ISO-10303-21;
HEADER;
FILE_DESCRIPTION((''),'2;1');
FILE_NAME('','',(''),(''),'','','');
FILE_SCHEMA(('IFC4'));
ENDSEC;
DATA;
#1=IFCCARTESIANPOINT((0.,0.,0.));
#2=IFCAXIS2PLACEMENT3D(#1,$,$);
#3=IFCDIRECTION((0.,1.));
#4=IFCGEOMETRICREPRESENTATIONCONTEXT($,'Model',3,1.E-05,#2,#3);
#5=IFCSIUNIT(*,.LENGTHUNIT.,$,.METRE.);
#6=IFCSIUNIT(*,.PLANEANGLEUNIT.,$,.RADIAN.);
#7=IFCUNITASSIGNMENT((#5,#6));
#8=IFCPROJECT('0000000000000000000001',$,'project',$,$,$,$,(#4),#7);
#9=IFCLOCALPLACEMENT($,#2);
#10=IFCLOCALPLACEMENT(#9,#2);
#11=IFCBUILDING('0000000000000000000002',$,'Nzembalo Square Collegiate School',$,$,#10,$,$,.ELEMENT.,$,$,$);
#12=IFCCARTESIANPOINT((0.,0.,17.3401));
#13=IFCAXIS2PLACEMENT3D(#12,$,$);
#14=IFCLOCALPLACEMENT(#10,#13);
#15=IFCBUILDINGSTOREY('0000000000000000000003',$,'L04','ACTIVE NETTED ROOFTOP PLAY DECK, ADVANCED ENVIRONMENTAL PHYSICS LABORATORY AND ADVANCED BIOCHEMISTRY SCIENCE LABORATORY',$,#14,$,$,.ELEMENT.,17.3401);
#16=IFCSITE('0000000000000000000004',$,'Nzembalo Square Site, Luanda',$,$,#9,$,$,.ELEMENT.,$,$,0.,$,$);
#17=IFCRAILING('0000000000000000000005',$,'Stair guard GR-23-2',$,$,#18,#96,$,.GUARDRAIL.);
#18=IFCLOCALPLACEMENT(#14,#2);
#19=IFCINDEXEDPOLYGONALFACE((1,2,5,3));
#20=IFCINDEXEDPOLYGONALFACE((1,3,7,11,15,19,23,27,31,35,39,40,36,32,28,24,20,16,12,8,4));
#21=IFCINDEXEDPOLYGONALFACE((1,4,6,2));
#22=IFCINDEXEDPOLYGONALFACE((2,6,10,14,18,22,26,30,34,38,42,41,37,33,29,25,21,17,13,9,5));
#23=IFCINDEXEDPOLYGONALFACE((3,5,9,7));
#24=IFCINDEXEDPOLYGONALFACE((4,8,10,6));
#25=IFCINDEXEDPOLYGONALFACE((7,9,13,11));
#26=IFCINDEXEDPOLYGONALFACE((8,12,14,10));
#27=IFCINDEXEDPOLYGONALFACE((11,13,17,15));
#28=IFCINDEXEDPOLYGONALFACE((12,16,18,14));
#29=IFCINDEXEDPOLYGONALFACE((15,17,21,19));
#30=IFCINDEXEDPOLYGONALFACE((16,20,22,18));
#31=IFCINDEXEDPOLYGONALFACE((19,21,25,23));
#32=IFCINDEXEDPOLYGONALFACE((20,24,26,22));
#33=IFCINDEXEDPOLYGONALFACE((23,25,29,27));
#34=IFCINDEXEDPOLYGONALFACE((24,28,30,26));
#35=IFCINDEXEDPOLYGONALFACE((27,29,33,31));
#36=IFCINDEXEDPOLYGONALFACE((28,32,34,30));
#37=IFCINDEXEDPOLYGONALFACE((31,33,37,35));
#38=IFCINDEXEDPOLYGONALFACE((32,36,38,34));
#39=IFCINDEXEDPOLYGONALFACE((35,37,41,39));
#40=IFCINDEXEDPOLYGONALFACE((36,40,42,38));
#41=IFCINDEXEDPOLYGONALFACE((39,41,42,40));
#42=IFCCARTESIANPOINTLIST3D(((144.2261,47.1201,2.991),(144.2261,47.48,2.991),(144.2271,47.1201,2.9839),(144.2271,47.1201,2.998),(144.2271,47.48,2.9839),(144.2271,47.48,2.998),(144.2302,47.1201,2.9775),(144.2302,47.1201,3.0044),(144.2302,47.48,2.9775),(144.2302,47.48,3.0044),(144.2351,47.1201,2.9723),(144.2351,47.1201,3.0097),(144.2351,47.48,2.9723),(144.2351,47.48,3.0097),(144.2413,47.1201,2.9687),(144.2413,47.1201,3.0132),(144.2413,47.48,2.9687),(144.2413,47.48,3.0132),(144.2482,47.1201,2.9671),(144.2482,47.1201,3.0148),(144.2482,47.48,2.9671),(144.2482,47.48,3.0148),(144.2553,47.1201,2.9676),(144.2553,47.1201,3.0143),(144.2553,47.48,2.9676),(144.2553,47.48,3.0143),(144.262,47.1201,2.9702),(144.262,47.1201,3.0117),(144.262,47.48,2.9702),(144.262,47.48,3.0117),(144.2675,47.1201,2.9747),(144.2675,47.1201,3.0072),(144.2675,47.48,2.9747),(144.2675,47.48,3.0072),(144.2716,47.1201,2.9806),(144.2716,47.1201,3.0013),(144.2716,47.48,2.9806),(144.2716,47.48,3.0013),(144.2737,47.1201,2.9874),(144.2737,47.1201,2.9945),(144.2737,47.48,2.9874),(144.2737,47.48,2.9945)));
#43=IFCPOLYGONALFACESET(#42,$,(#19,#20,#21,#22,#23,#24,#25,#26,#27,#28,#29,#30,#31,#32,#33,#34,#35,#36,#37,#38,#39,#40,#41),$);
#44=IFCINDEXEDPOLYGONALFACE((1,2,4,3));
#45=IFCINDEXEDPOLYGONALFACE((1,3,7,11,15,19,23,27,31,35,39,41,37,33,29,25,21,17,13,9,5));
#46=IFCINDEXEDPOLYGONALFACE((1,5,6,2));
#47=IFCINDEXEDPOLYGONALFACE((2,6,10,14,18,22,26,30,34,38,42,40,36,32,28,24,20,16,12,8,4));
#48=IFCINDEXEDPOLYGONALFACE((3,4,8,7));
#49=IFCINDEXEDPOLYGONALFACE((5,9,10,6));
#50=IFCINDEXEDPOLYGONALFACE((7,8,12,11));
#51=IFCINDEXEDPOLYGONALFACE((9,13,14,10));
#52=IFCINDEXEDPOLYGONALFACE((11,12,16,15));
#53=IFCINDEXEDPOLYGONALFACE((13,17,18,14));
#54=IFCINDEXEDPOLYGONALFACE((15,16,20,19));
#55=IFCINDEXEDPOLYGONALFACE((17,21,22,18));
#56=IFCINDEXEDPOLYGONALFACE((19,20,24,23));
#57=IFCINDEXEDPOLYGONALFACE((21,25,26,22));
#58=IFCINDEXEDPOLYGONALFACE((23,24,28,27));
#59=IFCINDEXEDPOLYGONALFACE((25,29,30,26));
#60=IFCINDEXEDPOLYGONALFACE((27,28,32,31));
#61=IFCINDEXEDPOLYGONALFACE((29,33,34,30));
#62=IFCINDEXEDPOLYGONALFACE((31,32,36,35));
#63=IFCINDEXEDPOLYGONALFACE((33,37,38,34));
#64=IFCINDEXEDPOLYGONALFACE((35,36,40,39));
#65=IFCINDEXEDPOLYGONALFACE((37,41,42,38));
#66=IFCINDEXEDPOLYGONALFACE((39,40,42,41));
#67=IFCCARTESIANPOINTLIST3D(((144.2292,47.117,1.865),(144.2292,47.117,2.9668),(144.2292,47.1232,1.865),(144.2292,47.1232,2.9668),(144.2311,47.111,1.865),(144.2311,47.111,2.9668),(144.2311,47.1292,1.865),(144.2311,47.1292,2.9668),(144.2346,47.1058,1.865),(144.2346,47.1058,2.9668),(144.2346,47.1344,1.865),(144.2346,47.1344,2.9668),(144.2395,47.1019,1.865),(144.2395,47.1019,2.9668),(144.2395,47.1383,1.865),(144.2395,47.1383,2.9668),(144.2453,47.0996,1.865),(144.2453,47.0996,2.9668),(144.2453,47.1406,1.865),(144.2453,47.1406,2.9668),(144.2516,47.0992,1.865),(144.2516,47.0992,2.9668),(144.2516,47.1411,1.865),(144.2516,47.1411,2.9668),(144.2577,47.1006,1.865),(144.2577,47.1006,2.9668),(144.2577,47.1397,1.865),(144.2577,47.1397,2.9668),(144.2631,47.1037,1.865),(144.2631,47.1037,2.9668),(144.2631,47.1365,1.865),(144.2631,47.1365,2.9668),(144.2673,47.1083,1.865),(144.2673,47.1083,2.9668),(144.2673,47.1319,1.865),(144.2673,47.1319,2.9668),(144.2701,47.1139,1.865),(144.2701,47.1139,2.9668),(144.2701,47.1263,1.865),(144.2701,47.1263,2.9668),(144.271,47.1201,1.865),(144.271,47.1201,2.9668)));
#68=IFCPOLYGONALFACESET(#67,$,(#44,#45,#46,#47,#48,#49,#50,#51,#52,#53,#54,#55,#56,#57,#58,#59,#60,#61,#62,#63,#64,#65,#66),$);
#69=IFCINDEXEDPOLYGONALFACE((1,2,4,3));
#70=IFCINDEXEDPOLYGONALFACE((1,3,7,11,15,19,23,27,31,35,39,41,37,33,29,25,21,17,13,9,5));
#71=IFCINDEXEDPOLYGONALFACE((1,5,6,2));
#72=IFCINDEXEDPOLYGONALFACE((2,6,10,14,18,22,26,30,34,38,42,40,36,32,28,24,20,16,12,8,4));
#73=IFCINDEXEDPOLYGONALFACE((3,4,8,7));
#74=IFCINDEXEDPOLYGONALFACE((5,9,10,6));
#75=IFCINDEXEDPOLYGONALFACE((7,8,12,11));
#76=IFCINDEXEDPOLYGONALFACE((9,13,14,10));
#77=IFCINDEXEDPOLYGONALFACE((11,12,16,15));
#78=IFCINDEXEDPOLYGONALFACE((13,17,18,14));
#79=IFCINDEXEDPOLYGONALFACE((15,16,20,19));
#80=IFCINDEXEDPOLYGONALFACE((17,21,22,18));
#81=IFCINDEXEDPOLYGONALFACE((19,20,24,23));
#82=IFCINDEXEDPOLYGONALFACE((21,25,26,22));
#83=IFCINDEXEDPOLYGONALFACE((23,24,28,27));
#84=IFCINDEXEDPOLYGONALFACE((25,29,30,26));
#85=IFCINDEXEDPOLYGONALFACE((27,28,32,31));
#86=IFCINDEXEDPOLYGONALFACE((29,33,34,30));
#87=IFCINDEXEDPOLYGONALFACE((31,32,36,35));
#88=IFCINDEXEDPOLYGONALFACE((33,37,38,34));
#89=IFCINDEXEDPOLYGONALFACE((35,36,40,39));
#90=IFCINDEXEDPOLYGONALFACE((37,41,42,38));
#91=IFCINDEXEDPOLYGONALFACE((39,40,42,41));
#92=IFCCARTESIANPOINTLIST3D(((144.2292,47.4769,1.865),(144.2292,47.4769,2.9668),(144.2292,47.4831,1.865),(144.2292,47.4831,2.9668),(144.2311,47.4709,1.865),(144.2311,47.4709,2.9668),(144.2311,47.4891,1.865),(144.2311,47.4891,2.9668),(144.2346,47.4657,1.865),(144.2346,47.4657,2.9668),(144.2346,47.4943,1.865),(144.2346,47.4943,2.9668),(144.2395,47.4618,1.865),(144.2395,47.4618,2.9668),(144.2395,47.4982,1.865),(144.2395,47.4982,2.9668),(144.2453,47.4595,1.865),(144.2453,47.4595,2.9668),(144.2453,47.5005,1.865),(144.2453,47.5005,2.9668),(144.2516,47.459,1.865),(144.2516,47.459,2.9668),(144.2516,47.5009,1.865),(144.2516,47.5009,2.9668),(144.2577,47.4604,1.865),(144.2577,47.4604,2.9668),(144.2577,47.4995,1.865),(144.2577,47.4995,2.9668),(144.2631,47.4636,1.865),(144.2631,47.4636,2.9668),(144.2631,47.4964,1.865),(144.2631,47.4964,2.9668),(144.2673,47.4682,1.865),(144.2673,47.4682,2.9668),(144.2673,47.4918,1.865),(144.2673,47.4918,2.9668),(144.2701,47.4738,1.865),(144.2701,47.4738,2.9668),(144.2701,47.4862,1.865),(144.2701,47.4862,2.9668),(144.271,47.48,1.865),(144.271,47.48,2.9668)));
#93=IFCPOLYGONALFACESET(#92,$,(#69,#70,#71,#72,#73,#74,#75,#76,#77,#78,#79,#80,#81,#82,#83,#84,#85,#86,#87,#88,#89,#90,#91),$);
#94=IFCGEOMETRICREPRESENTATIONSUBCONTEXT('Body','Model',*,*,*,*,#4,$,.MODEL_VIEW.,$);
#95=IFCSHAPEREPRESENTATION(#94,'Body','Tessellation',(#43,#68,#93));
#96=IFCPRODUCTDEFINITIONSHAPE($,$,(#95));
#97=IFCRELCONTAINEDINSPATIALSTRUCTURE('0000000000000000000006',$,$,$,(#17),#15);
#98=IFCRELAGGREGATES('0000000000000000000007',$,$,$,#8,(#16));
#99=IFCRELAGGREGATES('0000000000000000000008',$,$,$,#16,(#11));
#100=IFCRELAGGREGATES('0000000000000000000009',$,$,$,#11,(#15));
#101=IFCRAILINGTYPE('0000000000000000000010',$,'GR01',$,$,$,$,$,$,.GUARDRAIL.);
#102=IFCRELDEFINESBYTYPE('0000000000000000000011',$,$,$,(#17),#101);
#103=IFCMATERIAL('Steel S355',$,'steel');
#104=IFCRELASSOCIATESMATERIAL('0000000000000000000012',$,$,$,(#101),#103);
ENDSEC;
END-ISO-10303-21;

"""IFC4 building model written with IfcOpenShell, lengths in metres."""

from ifc_helpers import new_model, si_unit, direction, frame, origin, origin_2d, place, context, subcontext, project, spatial, circle, extrude, material, type_object, element, save


model = new_model("IFC4")

# Units and contexts
model_context = context("Model", 3, precision=1e-05, world=origin(), true_north=direction((0.0, 1.0)))
body_context = subcontext(model_context, "Body", "Model", "MODEL_VIEW")
ifc_project = project(units=[si_unit("LENGTHUNIT", "METRE"), si_unit("PLANEANGLEUNIT", "RADIAN")], contexts=[model_context])

# Site, building, storey
site_placement = place(None, origin())
site = spatial("IfcSite", under=ifc_project, at=site_placement, Name="Nzembalo Square Site, Luanda", CompositionType="ELEMENT", RefElevation=0.0)
building_placement = place(site_placement, origin())
building = spatial("IfcBuilding", under=site, at=building_placement, Name="Nzembalo Square Collegiate School", CompositionType="ELEMENT")
storey_placement = place(building_placement, frame((0.0, 0.0, 17.3401)))
storey = spatial("IfcBuildingStorey", under=building, at=storey_placement, Name="L04", Description="ACTIVE NETTED ROOFTOP PLAY DECK, ADVANCED ENVIRONMENTAL PHYSICS LABORATORY AND ADVANCED BIOCHEMISTRY SCIENCE LABORATORY", CompositionType="ELEMENT", Elevation=17.3401)

# Railing
ifc_material_1 = material(Name="Steel S355", Category="steel")
railing_type_1 = type_object("IfcRailingType", Name="GR01", PredefinedType="GUARDRAIL", material=ifc_material_1)
railing_1_placement = place(storey_placement, frame((144.25, 47.1201, 1.865)))
element("IfcRailing", 1, at=railing_1_placement, inside=storey, type_object=railing_type_1, Name="Stair guard GR-23-2", PredefinedType="GUARDRAIL", context=body_context, shape_type="SweptSolid", body=[
    extrude(circle(Radius=0.0239, at=origin_2d()), frame((0.0, 0.0, 1.126), z_axis=(0.0, 1.0, 0.0), x_axis=(-1.0, 0.0, 0.0)), (0.0, 0.0, 1.0), 0.3599),
    extrude(circle(Radius=0.021, at=origin_2d()), origin(), (0.0, 0.0, 1.0), 1.1018),
    extrude(circle(Radius=0.021, at=origin_2d()), frame((0.0, 0.3599, 0.0)), (0.0, 0.0, 1.0), 1.1018),
])

save(model, "model.ifc")
